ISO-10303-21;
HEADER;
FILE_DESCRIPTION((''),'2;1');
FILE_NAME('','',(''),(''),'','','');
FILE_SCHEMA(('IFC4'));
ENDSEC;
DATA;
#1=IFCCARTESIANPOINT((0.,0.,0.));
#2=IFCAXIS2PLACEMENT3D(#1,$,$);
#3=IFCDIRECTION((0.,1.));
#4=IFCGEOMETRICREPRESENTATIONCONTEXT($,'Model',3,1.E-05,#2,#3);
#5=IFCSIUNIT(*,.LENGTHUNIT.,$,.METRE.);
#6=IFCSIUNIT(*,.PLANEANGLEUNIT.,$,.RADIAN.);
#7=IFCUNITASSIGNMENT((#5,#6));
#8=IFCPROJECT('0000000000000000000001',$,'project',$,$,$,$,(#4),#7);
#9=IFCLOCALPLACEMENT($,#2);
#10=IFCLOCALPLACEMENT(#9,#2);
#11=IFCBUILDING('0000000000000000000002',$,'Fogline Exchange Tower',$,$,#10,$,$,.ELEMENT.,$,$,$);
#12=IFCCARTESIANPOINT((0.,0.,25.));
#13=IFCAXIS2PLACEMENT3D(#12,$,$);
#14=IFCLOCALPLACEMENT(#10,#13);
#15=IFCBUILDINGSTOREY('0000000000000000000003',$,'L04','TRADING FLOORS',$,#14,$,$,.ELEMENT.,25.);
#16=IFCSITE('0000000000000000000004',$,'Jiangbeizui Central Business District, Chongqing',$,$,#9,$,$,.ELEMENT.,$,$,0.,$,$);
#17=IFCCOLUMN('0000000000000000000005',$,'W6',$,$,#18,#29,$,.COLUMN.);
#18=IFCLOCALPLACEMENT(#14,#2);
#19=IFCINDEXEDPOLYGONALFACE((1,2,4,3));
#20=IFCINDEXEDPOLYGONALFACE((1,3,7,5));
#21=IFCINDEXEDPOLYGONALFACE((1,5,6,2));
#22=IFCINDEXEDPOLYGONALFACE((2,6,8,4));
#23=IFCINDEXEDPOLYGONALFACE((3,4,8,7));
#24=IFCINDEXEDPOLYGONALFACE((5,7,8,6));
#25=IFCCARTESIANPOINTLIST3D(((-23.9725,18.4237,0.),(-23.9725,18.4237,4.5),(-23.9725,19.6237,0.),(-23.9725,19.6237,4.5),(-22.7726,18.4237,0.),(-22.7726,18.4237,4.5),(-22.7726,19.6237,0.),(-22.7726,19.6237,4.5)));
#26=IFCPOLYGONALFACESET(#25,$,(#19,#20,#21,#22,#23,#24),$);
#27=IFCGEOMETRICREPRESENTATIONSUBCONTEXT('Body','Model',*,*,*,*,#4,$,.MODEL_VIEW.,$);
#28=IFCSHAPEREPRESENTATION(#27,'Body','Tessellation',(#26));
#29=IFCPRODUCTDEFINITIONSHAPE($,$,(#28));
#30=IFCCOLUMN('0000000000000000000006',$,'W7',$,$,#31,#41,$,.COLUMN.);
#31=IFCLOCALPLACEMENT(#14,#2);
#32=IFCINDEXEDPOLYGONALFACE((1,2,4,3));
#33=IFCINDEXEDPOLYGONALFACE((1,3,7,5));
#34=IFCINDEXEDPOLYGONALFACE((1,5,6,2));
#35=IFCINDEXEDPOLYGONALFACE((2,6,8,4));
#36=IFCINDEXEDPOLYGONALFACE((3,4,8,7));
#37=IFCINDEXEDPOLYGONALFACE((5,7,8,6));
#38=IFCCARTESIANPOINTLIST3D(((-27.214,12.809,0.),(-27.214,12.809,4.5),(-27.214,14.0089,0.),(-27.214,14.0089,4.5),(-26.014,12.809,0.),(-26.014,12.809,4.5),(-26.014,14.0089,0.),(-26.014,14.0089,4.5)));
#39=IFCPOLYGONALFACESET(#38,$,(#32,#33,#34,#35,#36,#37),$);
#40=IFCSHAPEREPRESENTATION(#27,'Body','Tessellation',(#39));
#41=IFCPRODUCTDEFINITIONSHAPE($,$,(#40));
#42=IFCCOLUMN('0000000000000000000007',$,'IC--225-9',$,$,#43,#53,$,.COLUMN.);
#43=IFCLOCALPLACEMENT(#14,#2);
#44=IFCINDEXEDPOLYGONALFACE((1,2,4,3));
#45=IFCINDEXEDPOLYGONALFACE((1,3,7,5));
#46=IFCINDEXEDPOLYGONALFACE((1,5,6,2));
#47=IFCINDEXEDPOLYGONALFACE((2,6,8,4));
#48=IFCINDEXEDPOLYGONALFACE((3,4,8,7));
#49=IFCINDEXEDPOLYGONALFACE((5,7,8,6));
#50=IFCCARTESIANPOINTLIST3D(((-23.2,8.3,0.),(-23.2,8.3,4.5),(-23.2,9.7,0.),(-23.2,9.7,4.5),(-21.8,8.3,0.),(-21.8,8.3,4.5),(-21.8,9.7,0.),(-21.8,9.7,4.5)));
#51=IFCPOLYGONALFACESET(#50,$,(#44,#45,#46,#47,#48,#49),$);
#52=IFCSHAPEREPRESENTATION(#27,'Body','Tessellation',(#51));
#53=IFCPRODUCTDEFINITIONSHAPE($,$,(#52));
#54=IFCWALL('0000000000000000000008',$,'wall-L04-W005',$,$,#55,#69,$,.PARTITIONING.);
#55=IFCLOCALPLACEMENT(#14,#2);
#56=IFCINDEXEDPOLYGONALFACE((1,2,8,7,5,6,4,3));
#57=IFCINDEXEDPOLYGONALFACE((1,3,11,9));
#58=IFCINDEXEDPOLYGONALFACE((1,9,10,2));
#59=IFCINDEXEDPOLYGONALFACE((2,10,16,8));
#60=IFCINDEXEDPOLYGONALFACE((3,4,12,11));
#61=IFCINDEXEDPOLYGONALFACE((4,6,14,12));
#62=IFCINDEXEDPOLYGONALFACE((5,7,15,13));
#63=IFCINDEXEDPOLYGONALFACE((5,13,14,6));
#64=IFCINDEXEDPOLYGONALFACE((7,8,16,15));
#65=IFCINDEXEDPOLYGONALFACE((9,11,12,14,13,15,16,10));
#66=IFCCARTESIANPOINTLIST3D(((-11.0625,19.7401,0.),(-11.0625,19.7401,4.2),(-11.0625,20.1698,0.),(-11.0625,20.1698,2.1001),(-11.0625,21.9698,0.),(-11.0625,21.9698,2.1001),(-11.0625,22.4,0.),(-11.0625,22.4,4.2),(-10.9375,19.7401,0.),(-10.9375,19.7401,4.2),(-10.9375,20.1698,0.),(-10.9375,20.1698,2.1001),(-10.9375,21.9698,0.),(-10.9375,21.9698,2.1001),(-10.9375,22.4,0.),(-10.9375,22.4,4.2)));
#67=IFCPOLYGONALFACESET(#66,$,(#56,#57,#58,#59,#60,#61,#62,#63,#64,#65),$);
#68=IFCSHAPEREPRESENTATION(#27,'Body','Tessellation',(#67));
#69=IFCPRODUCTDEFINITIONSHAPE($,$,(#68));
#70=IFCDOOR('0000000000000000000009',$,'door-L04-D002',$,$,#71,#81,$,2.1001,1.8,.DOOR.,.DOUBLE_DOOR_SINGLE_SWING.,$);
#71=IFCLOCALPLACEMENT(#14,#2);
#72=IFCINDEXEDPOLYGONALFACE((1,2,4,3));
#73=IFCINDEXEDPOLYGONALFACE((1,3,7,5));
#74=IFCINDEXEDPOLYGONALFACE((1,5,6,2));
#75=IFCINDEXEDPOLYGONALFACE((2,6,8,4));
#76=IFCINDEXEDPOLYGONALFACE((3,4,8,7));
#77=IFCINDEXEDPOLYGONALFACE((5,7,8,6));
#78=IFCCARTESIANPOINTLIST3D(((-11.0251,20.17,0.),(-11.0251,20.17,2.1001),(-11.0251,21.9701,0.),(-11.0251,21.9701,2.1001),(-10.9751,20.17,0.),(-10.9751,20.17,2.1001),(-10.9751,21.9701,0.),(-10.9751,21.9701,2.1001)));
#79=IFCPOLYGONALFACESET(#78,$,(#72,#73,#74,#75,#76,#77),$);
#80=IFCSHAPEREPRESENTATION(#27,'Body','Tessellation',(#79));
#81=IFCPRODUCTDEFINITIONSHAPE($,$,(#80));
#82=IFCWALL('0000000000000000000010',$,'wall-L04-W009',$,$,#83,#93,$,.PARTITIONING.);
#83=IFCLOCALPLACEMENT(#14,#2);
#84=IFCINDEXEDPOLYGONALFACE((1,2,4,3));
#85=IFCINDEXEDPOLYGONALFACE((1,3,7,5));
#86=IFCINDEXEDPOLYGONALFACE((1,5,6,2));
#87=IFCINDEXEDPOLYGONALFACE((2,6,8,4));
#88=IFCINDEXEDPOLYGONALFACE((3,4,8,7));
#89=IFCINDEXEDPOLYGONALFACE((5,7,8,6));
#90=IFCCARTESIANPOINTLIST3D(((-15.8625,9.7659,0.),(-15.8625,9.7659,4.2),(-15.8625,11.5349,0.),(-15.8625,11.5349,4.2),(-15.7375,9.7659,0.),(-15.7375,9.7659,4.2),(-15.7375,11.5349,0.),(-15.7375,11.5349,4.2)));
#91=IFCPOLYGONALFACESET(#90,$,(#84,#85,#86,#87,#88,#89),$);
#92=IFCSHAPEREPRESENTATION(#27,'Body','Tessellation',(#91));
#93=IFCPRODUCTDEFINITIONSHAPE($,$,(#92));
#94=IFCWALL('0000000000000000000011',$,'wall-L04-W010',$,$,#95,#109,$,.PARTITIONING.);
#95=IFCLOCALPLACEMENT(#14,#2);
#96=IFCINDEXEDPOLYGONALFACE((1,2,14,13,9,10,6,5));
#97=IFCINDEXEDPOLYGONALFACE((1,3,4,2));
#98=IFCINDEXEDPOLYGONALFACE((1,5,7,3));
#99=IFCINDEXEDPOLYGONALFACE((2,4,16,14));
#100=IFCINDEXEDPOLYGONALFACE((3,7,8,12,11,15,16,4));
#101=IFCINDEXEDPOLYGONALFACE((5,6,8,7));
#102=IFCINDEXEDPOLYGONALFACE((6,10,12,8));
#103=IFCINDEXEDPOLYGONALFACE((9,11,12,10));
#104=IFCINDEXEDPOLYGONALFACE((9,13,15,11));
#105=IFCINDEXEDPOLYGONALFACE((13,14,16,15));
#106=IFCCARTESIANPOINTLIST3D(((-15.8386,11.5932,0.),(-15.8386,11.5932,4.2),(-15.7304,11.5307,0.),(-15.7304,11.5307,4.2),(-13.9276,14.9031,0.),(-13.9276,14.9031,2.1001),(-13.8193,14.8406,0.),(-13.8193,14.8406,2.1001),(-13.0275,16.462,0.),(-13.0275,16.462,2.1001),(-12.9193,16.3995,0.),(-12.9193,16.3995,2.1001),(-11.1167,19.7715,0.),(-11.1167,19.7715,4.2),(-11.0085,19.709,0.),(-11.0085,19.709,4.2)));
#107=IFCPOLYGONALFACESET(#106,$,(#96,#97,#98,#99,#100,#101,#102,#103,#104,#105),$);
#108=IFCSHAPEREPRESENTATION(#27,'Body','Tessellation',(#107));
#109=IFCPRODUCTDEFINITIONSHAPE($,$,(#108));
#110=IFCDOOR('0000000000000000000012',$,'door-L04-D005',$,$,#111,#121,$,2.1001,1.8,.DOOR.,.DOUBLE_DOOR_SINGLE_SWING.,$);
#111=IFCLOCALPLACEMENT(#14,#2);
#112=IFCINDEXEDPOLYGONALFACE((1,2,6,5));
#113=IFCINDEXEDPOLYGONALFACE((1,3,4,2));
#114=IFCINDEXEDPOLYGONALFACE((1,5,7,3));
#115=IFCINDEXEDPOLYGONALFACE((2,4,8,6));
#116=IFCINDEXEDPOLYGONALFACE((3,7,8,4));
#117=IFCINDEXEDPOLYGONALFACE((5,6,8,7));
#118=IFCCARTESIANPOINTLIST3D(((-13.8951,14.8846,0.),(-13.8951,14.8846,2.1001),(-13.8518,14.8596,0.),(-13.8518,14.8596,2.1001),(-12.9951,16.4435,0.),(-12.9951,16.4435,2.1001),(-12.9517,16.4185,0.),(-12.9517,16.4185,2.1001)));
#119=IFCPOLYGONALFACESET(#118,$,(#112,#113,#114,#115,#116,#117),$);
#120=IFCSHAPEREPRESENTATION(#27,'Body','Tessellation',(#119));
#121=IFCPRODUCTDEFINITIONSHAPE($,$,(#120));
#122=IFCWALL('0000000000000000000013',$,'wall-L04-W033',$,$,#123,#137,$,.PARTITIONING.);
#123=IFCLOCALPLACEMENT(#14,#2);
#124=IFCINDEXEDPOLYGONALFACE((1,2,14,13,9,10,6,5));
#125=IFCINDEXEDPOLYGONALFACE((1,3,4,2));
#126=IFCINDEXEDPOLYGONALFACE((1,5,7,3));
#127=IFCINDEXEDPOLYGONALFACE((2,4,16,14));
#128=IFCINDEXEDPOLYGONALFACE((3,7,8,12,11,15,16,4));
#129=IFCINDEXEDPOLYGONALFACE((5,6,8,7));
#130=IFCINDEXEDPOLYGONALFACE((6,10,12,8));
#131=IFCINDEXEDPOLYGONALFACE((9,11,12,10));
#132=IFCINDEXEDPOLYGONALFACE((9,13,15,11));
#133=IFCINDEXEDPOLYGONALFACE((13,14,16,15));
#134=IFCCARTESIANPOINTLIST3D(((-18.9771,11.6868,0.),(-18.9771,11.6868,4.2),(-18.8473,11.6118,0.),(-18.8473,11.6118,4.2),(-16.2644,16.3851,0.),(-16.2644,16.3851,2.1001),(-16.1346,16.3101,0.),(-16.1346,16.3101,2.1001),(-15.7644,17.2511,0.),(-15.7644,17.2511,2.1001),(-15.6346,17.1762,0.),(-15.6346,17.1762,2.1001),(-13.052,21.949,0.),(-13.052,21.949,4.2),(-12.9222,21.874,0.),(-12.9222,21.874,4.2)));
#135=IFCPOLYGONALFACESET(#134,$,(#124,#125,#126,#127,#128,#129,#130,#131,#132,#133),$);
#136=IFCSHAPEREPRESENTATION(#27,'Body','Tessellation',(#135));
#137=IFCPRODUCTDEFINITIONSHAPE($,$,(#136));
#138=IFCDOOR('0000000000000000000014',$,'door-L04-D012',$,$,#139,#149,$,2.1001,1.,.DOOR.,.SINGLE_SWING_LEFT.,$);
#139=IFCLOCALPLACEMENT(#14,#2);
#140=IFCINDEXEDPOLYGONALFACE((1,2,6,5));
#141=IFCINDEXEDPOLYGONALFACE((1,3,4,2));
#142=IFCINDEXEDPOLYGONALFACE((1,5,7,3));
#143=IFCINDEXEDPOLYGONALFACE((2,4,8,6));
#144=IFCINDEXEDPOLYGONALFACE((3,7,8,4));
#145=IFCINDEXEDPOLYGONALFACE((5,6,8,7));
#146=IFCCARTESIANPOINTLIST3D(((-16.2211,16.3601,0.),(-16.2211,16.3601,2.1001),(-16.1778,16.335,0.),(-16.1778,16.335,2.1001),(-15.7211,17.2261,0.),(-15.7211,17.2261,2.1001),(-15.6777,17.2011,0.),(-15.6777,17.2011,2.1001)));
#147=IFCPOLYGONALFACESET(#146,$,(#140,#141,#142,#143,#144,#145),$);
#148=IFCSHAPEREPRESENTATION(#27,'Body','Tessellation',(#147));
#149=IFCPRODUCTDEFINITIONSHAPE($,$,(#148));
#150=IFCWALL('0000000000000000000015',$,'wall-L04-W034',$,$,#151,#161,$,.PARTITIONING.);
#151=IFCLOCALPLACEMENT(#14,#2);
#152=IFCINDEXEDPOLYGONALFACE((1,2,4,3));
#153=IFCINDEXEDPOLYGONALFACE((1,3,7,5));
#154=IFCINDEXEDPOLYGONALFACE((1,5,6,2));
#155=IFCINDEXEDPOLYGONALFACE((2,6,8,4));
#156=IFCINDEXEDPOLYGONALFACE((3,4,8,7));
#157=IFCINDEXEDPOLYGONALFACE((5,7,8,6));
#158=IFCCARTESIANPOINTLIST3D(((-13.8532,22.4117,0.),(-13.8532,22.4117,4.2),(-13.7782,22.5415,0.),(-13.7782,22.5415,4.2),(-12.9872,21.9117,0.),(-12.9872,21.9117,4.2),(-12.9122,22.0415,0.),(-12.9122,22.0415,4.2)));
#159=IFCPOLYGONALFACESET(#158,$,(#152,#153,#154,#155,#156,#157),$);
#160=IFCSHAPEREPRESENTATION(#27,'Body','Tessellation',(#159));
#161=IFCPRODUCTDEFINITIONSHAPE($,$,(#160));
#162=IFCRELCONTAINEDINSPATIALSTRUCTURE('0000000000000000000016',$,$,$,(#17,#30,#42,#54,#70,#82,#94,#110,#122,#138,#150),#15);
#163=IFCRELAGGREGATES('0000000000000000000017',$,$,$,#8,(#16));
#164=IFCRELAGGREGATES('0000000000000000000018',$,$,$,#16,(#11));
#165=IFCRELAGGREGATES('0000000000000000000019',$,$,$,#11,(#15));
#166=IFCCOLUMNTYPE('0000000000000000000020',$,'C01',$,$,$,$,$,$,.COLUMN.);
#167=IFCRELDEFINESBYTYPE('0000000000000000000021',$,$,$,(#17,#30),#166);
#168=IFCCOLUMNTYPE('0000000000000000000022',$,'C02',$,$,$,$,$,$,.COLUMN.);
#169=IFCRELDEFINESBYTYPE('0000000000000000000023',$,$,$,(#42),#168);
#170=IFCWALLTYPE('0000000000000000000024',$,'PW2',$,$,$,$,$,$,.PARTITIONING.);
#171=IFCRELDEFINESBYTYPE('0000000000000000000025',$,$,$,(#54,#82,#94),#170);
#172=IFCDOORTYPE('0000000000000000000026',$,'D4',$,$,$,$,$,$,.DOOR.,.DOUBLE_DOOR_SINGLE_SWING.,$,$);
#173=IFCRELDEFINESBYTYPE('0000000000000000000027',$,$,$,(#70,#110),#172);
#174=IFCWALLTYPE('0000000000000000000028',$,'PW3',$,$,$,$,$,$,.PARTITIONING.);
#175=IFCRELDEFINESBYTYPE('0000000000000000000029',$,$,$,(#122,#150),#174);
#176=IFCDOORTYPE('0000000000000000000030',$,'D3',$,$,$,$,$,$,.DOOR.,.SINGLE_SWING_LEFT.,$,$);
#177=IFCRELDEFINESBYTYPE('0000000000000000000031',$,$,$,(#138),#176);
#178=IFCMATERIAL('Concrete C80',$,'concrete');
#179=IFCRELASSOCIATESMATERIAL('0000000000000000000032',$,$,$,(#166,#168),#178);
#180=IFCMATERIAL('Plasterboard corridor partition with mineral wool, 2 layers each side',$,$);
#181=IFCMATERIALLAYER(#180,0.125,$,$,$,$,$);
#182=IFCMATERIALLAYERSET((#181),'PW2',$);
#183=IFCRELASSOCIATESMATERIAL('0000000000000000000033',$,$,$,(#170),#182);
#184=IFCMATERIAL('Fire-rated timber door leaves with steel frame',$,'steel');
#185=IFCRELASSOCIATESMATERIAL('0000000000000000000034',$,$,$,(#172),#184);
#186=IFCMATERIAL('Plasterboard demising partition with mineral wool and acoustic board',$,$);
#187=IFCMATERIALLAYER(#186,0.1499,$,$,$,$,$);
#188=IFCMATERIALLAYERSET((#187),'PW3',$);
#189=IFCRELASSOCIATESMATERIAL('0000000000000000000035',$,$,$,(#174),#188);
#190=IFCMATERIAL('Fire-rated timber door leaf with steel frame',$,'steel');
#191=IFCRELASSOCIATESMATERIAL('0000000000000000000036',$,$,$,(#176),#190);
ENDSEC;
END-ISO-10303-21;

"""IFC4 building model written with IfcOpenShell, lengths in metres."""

from ifc_helpers import new_model, si_unit, direction, frame, frame_2d, origin, origin_2d, place, context, subcontext, project, spatial, rectangle, extrude, material, layer, layer_set, material_profile, profile_set, type_object, element, fill, save


model = new_model("IFC4")

# Units and contexts
model_context = context("Model", 3, precision=1e-05, world=origin(), true_north=direction((0.0, 1.0)))
body_context = subcontext(model_context, "Body", "Model", "MODEL_VIEW")
ifc_project = project(units=[si_unit("LENGTHUNIT", "METRE"), si_unit("PLANEANGLEUNIT", "RADIAN")], contexts=[model_context])

# Site, building, storey
site_placement = place(None, origin())
site = spatial("IfcSite", under=ifc_project, at=site_placement, Name="Jiangbeizui Central Business District, Chongqing", CompositionType="ELEMENT", RefElevation=0.0)
building_placement = place(site_placement, origin())
building = spatial("IfcBuilding", under=site, at=building_placement, Name="Fogline Exchange Tower", CompositionType="ELEMENT")
storey_placement = place(building_placement, frame((0.0, 0.0, 25.0)))
storey = spatial("IfcBuildingStorey", under=building, at=storey_placement, Name="L04", Description="TRADING FLOORS", CompositionType="ELEMENT", Elevation=25.0)

# Columns
ifc_material_1 = material(Name="Concrete C80", Category="concrete")
ifc_material_profile_1 = material_profile(ifc_material_1, rectangle(XDim=1.2, YDim=1.2, at=origin_2d()), Name="RC 1200x1200")
ifc_profile_set_1 = profile_set([ifc_material_profile_1], Name="Concrete C80")
column_type_1 = type_object("IfcColumnType", Name="C01", PredefinedType="COLUMN", material=ifc_profile_set_1)
for number, where, z_axis, x_axis, name in (
    (1, (-23.3726, 19.0237, 0.0), (0.0, 0.0, 1.0), (1.0, 0.0, 0.0), "W6"),
    (2, (-26.614, 13.4089, 0.0), (0.0, 0.0, 1.0), (1.0, 0.0, 0.0), "W7"),
):
    element("IfcColumn", number, at=place(storey_placement, frame(where, z_axis=z_axis, x_axis=x_axis)), inside=storey, type_object=column_type_1, Name=name, PredefinedType="COLUMN", context=body_context, shape_type="SweptSolid", body=[
        extrude(rectangle(XDim=1.2, YDim=1.2, at=origin_2d()), origin(), (0.0, 0.0, 1.0), 4.5),
    ])
ifc_material_profile_2 = material_profile(ifc_material_1, rectangle(XDim=1.3999, YDim=1.3999, at=origin_2d()), Name="RC 1400x1400")
ifc_profile_set_2 = profile_set([ifc_material_profile_2], Name="Concrete C80")
column_type_2 = type_object("IfcColumnType", Name="C02", PredefinedType="COLUMN", material=ifc_profile_set_2)
column_placement = place(storey_placement, frame((-22.5, 9.0, 0.0), z_axis=(0.0, 0.0, 1.0), x_axis=(1.0, 0.0, 0.0)))
element("IfcColumn", 3, at=column_placement, inside=storey, type_object=column_type_2, Name="IC--225-9", PredefinedType="COLUMN", context=body_context, shape_type="SweptSolid", body=[
    extrude(rectangle(XDim=1.3999, YDim=1.3999, at=origin_2d()), origin(), (0.0, 0.0, 1.0), 4.5),
])

# Wall, opening, door
ifc_material_2 = material(Name="Plasterboard corridor partition with mineral wool, 2 layers each side")
ifc_layer_1 = layer(ifc_material_2, 0.125)
ifc_layer_set_1 = layer_set([ifc_layer_1], Name="PW2")
wall_type_1 = type_object("IfcWallType", Name="PW2", PredefinedType="PARTITIONING", material=ifc_layer_set_1)
wall_1_placement = place(storey_placement, frame((-11.0, 19.74, 0.0), z_axis=(0.0, 0.0, 1.0), x_axis=(0.0, 1.0, 0.0)))
wall_1 = element("IfcWall", 4, at=wall_1_placement, inside=storey, type_object=wall_type_1, Name="wall-L04-W005", PredefinedType="PARTITIONING", context=body_context, shape_type="SweptSolid", body=[
    extrude(rectangle(XDim=2.6599, YDim=0.125, at=frame_2d((1.3301, 0.0))), origin(), (0.0, 0.0, 1.0), 4.2),
])
opening_1_placement = place(wall_1_placement, frame((0.4299, 0.0, 0.0)))
opening_1 = element("IfcOpeningElement", 5, at=opening_1_placement, cuts=wall_1, PredefinedType="OPENING", context=body_context, shape_type="SweptSolid", body=[
    extrude(rectangle(XDim=1.8, YDim=2.1001, at=frame_2d((0.8999, 1.05))), frame((0.0, 0.0725, 0.0), z_axis=(0.0, -1.0, 0.0), x_axis=(1.0, 0.0, 0.0)), (0.0, 0.0, 1.0), 0.145),
])
ifc_material_3 = material(Name="Fire-rated timber door leaves with steel frame", Category="steel")
door_type_1 = type_object("IfcDoorType", Name="D4", OperationType="DOUBLE_DOOR_SINGLE_SWING", PredefinedType="DOOR", material=ifc_material_3)
door_1_placement = place(opening_1_placement, frame((1.8, 0.0, 0.0), z_axis=(0.0, 0.0, 1.0), x_axis=(-1.0, 0.0, 0.0)))
door_1 = element("IfcDoor", 6, at=door_1_placement, inside=storey, type_object=door_type_1, Name="door-L04-D002", OperationType="DOUBLE_DOOR_SINGLE_SWING", OverallHeight=2.1001, OverallWidth=1.8, PredefinedType="DOOR", context=body_context, shape_type="SweptSolid", body=[
    extrude(rectangle(XDim=1.8, YDim=2.1001, at=frame_2d((0.8999, 1.05))), frame((0.0, 0.0249, 0.0), z_axis=(0.0, -1.0, 0.0), x_axis=(1.0, 0.0, 0.0)), (0.0, 0.0, 1.0), 0.05),
])
fill(opening_1, door_1)

# Wall
wall_2_placement = place(storey_placement, frame((-15.8, 9.7659, 0.0), z_axis=(0.0, 0.0, 1.0), x_axis=(0.0, 1.0, 0.0)))
element("IfcWall", 7, at=wall_2_placement, inside=storey, type_object=wall_type_1, Name="wall-L04-W009", PredefinedType="PARTITIONING", context=body_context, shape_type="SweptSolid", body=[
    extrude(rectangle(XDim=1.769, YDim=0.125, at=frame_2d((0.8845, 0.0))), origin(), (0.0, 0.0, 1.0), 4.2),
])

# Walls, openings, doors
wall_3_placement = place(storey_placement, frame((-15.7844, 11.562, 0.0), z_axis=(0.0, 0.0, 1.0), x_axis=(0.500007, 0.866022, 0.0)))
wall_3 = element("IfcWall", 8, at=wall_3_placement, inside=storey, type_object=wall_type_1, Name="wall-L04-W010", PredefinedType="PARTITIONING", context=body_context, shape_type="SweptSolid", body=[
    extrude(rectangle(XDim=9.4436, YDim=0.125, at=frame_2d((4.7217, 0.0))), origin(), (0.0, 0.0, 1.0), 4.2),
])
opening_2_placement = place(wall_3_placement, frame((3.822, 0.0, 0.0)))
opening_2 = element("IfcOpeningElement", 9, at=opening_2_placement, cuts=wall_3, PredefinedType="OPENING", context=body_context, shape_type="SweptSolid", body=[
    extrude(rectangle(XDim=1.8, YDim=2.1001, at=frame_2d((0.8999, 1.05))), frame((0.0, 0.0725, 0.0), z_axis=(0.0, -1.0, 0.0), x_axis=(1.0, 0.0, 0.0)), (0.0, 0.0, 1.0), 0.145),
])
door_2_placement = place(opening_2_placement, frame((1.8, 0.0, 0.0), z_axis=(0.0, 0.0, 1.0), x_axis=(-1.0, 0.0, 0.0)))
door_2 = element("IfcDoor", 10, at=door_2_placement, inside=storey, type_object=door_type_1, Name="door-L04-D005", OperationType="DOUBLE_DOOR_SINGLE_SWING", OverallHeight=2.1001, OverallWidth=1.8, PredefinedType="DOOR", context=body_context, shape_type="SweptSolid", body=[
    extrude(rectangle(XDim=1.8, YDim=2.1001, at=frame_2d((0.8999, 1.05))), frame((0.0, 0.0249, 0.0), z_axis=(0.0, -1.0, 0.0), x_axis=(1.0, 0.0, 0.0)), (0.0, 0.0, 1.0), 0.05),
])
fill(opening_2, door_2)
ifc_material_4 = material(Name="Plasterboard demising partition with mineral wool and acoustic board")
ifc_layer_2 = layer(ifc_material_4, 0.1499)
ifc_layer_set_2 = layer_set([ifc_layer_2], Name="PW3")
wall_type_2 = type_object("IfcWallType", Name="PW3", PredefinedType="PARTITIONING", material=ifc_layer_set_2)
wall_4_placement = place(storey_placement, frame((-18.9121, 11.6494, 0.0), z_axis=(0.0, 0.0, 1.0), x_axis=(0.50001, 0.86602, 0.0)))
wall_4 = element("IfcWall", 11, at=wall_4_placement, inside=storey, type_object=wall_type_2, Name="wall-L04-W033", PredefinedType="PARTITIONING", context=body_context, shape_type="SweptSolid", body=[
    extrude(rectangle(XDim=11.8499, YDim=0.1499, at=frame_2d((5.9248, 0.0))), origin(), (0.0, 0.0, 1.0), 4.2),
])
opening_3_placement = place(wall_4_placement, frame((5.425, 0.0, 0.0)))
opening_3 = element("IfcOpeningElement", 12, at=opening_3_placement, cuts=wall_4, PredefinedType="OPENING", context=body_context, shape_type="SweptSolid", body=[
    extrude(rectangle(XDim=1.0, YDim=2.1001, at=frame_2d((0.5, 1.05))), frame((0.0, 0.085, 0.0), z_axis=(0.0, -1.0, 0.0), x_axis=(1.0, 0.0, 0.0)), (0.0, 0.0, 1.0), 0.1699),
])
ifc_material_5 = material(Name="Fire-rated timber door leaf with steel frame", Category="steel")
door_type_2 = type_object("IfcDoorType", Name="D3", OperationType="SINGLE_SWING_LEFT", PredefinedType="DOOR", material=ifc_material_5)
door_3_placement = place(opening_3_placement, origin())
door_3 = element("IfcDoor", 13, at=door_3_placement, inside=storey, type_object=door_type_2, Name="door-L04-D012", OperationType="SINGLE_SWING_LEFT", OverallHeight=2.1001, OverallWidth=1.0, PredefinedType="DOOR", context=body_context, shape_type="SweptSolid", body=[
    extrude(rectangle(XDim=1.0, YDim=2.1001, at=frame_2d((0.5, 1.05))), frame((0.0, 0.0249, 0.0), z_axis=(0.0, -1.0, 0.0), x_axis=(1.0, 0.0, 0.0)), (0.0, 0.0, 1.0), 0.05),
])
fill(opening_3, door_3)

# Wall
wall_5_placement = place(storey_placement, frame((-12.9497, 21.9766, 0.0), z_axis=(0.0, 0.0, 1.0), x_axis=(-0.866011, 0.500025, 0.0)))
element("IfcWall", 14, at=wall_5_placement, inside=storey, type_object=wall_type_2, Name="wall-L04-W034", PredefinedType="PARTITIONING", context=body_context, shape_type="SweptSolid", body=[
    extrude(rectangle(XDim=1.0, YDim=0.1499, at=frame_2d((0.5, 0.0))), origin(), (0.0, 0.0, 1.0), 4.2),
])

save(model, "model.ifc")
